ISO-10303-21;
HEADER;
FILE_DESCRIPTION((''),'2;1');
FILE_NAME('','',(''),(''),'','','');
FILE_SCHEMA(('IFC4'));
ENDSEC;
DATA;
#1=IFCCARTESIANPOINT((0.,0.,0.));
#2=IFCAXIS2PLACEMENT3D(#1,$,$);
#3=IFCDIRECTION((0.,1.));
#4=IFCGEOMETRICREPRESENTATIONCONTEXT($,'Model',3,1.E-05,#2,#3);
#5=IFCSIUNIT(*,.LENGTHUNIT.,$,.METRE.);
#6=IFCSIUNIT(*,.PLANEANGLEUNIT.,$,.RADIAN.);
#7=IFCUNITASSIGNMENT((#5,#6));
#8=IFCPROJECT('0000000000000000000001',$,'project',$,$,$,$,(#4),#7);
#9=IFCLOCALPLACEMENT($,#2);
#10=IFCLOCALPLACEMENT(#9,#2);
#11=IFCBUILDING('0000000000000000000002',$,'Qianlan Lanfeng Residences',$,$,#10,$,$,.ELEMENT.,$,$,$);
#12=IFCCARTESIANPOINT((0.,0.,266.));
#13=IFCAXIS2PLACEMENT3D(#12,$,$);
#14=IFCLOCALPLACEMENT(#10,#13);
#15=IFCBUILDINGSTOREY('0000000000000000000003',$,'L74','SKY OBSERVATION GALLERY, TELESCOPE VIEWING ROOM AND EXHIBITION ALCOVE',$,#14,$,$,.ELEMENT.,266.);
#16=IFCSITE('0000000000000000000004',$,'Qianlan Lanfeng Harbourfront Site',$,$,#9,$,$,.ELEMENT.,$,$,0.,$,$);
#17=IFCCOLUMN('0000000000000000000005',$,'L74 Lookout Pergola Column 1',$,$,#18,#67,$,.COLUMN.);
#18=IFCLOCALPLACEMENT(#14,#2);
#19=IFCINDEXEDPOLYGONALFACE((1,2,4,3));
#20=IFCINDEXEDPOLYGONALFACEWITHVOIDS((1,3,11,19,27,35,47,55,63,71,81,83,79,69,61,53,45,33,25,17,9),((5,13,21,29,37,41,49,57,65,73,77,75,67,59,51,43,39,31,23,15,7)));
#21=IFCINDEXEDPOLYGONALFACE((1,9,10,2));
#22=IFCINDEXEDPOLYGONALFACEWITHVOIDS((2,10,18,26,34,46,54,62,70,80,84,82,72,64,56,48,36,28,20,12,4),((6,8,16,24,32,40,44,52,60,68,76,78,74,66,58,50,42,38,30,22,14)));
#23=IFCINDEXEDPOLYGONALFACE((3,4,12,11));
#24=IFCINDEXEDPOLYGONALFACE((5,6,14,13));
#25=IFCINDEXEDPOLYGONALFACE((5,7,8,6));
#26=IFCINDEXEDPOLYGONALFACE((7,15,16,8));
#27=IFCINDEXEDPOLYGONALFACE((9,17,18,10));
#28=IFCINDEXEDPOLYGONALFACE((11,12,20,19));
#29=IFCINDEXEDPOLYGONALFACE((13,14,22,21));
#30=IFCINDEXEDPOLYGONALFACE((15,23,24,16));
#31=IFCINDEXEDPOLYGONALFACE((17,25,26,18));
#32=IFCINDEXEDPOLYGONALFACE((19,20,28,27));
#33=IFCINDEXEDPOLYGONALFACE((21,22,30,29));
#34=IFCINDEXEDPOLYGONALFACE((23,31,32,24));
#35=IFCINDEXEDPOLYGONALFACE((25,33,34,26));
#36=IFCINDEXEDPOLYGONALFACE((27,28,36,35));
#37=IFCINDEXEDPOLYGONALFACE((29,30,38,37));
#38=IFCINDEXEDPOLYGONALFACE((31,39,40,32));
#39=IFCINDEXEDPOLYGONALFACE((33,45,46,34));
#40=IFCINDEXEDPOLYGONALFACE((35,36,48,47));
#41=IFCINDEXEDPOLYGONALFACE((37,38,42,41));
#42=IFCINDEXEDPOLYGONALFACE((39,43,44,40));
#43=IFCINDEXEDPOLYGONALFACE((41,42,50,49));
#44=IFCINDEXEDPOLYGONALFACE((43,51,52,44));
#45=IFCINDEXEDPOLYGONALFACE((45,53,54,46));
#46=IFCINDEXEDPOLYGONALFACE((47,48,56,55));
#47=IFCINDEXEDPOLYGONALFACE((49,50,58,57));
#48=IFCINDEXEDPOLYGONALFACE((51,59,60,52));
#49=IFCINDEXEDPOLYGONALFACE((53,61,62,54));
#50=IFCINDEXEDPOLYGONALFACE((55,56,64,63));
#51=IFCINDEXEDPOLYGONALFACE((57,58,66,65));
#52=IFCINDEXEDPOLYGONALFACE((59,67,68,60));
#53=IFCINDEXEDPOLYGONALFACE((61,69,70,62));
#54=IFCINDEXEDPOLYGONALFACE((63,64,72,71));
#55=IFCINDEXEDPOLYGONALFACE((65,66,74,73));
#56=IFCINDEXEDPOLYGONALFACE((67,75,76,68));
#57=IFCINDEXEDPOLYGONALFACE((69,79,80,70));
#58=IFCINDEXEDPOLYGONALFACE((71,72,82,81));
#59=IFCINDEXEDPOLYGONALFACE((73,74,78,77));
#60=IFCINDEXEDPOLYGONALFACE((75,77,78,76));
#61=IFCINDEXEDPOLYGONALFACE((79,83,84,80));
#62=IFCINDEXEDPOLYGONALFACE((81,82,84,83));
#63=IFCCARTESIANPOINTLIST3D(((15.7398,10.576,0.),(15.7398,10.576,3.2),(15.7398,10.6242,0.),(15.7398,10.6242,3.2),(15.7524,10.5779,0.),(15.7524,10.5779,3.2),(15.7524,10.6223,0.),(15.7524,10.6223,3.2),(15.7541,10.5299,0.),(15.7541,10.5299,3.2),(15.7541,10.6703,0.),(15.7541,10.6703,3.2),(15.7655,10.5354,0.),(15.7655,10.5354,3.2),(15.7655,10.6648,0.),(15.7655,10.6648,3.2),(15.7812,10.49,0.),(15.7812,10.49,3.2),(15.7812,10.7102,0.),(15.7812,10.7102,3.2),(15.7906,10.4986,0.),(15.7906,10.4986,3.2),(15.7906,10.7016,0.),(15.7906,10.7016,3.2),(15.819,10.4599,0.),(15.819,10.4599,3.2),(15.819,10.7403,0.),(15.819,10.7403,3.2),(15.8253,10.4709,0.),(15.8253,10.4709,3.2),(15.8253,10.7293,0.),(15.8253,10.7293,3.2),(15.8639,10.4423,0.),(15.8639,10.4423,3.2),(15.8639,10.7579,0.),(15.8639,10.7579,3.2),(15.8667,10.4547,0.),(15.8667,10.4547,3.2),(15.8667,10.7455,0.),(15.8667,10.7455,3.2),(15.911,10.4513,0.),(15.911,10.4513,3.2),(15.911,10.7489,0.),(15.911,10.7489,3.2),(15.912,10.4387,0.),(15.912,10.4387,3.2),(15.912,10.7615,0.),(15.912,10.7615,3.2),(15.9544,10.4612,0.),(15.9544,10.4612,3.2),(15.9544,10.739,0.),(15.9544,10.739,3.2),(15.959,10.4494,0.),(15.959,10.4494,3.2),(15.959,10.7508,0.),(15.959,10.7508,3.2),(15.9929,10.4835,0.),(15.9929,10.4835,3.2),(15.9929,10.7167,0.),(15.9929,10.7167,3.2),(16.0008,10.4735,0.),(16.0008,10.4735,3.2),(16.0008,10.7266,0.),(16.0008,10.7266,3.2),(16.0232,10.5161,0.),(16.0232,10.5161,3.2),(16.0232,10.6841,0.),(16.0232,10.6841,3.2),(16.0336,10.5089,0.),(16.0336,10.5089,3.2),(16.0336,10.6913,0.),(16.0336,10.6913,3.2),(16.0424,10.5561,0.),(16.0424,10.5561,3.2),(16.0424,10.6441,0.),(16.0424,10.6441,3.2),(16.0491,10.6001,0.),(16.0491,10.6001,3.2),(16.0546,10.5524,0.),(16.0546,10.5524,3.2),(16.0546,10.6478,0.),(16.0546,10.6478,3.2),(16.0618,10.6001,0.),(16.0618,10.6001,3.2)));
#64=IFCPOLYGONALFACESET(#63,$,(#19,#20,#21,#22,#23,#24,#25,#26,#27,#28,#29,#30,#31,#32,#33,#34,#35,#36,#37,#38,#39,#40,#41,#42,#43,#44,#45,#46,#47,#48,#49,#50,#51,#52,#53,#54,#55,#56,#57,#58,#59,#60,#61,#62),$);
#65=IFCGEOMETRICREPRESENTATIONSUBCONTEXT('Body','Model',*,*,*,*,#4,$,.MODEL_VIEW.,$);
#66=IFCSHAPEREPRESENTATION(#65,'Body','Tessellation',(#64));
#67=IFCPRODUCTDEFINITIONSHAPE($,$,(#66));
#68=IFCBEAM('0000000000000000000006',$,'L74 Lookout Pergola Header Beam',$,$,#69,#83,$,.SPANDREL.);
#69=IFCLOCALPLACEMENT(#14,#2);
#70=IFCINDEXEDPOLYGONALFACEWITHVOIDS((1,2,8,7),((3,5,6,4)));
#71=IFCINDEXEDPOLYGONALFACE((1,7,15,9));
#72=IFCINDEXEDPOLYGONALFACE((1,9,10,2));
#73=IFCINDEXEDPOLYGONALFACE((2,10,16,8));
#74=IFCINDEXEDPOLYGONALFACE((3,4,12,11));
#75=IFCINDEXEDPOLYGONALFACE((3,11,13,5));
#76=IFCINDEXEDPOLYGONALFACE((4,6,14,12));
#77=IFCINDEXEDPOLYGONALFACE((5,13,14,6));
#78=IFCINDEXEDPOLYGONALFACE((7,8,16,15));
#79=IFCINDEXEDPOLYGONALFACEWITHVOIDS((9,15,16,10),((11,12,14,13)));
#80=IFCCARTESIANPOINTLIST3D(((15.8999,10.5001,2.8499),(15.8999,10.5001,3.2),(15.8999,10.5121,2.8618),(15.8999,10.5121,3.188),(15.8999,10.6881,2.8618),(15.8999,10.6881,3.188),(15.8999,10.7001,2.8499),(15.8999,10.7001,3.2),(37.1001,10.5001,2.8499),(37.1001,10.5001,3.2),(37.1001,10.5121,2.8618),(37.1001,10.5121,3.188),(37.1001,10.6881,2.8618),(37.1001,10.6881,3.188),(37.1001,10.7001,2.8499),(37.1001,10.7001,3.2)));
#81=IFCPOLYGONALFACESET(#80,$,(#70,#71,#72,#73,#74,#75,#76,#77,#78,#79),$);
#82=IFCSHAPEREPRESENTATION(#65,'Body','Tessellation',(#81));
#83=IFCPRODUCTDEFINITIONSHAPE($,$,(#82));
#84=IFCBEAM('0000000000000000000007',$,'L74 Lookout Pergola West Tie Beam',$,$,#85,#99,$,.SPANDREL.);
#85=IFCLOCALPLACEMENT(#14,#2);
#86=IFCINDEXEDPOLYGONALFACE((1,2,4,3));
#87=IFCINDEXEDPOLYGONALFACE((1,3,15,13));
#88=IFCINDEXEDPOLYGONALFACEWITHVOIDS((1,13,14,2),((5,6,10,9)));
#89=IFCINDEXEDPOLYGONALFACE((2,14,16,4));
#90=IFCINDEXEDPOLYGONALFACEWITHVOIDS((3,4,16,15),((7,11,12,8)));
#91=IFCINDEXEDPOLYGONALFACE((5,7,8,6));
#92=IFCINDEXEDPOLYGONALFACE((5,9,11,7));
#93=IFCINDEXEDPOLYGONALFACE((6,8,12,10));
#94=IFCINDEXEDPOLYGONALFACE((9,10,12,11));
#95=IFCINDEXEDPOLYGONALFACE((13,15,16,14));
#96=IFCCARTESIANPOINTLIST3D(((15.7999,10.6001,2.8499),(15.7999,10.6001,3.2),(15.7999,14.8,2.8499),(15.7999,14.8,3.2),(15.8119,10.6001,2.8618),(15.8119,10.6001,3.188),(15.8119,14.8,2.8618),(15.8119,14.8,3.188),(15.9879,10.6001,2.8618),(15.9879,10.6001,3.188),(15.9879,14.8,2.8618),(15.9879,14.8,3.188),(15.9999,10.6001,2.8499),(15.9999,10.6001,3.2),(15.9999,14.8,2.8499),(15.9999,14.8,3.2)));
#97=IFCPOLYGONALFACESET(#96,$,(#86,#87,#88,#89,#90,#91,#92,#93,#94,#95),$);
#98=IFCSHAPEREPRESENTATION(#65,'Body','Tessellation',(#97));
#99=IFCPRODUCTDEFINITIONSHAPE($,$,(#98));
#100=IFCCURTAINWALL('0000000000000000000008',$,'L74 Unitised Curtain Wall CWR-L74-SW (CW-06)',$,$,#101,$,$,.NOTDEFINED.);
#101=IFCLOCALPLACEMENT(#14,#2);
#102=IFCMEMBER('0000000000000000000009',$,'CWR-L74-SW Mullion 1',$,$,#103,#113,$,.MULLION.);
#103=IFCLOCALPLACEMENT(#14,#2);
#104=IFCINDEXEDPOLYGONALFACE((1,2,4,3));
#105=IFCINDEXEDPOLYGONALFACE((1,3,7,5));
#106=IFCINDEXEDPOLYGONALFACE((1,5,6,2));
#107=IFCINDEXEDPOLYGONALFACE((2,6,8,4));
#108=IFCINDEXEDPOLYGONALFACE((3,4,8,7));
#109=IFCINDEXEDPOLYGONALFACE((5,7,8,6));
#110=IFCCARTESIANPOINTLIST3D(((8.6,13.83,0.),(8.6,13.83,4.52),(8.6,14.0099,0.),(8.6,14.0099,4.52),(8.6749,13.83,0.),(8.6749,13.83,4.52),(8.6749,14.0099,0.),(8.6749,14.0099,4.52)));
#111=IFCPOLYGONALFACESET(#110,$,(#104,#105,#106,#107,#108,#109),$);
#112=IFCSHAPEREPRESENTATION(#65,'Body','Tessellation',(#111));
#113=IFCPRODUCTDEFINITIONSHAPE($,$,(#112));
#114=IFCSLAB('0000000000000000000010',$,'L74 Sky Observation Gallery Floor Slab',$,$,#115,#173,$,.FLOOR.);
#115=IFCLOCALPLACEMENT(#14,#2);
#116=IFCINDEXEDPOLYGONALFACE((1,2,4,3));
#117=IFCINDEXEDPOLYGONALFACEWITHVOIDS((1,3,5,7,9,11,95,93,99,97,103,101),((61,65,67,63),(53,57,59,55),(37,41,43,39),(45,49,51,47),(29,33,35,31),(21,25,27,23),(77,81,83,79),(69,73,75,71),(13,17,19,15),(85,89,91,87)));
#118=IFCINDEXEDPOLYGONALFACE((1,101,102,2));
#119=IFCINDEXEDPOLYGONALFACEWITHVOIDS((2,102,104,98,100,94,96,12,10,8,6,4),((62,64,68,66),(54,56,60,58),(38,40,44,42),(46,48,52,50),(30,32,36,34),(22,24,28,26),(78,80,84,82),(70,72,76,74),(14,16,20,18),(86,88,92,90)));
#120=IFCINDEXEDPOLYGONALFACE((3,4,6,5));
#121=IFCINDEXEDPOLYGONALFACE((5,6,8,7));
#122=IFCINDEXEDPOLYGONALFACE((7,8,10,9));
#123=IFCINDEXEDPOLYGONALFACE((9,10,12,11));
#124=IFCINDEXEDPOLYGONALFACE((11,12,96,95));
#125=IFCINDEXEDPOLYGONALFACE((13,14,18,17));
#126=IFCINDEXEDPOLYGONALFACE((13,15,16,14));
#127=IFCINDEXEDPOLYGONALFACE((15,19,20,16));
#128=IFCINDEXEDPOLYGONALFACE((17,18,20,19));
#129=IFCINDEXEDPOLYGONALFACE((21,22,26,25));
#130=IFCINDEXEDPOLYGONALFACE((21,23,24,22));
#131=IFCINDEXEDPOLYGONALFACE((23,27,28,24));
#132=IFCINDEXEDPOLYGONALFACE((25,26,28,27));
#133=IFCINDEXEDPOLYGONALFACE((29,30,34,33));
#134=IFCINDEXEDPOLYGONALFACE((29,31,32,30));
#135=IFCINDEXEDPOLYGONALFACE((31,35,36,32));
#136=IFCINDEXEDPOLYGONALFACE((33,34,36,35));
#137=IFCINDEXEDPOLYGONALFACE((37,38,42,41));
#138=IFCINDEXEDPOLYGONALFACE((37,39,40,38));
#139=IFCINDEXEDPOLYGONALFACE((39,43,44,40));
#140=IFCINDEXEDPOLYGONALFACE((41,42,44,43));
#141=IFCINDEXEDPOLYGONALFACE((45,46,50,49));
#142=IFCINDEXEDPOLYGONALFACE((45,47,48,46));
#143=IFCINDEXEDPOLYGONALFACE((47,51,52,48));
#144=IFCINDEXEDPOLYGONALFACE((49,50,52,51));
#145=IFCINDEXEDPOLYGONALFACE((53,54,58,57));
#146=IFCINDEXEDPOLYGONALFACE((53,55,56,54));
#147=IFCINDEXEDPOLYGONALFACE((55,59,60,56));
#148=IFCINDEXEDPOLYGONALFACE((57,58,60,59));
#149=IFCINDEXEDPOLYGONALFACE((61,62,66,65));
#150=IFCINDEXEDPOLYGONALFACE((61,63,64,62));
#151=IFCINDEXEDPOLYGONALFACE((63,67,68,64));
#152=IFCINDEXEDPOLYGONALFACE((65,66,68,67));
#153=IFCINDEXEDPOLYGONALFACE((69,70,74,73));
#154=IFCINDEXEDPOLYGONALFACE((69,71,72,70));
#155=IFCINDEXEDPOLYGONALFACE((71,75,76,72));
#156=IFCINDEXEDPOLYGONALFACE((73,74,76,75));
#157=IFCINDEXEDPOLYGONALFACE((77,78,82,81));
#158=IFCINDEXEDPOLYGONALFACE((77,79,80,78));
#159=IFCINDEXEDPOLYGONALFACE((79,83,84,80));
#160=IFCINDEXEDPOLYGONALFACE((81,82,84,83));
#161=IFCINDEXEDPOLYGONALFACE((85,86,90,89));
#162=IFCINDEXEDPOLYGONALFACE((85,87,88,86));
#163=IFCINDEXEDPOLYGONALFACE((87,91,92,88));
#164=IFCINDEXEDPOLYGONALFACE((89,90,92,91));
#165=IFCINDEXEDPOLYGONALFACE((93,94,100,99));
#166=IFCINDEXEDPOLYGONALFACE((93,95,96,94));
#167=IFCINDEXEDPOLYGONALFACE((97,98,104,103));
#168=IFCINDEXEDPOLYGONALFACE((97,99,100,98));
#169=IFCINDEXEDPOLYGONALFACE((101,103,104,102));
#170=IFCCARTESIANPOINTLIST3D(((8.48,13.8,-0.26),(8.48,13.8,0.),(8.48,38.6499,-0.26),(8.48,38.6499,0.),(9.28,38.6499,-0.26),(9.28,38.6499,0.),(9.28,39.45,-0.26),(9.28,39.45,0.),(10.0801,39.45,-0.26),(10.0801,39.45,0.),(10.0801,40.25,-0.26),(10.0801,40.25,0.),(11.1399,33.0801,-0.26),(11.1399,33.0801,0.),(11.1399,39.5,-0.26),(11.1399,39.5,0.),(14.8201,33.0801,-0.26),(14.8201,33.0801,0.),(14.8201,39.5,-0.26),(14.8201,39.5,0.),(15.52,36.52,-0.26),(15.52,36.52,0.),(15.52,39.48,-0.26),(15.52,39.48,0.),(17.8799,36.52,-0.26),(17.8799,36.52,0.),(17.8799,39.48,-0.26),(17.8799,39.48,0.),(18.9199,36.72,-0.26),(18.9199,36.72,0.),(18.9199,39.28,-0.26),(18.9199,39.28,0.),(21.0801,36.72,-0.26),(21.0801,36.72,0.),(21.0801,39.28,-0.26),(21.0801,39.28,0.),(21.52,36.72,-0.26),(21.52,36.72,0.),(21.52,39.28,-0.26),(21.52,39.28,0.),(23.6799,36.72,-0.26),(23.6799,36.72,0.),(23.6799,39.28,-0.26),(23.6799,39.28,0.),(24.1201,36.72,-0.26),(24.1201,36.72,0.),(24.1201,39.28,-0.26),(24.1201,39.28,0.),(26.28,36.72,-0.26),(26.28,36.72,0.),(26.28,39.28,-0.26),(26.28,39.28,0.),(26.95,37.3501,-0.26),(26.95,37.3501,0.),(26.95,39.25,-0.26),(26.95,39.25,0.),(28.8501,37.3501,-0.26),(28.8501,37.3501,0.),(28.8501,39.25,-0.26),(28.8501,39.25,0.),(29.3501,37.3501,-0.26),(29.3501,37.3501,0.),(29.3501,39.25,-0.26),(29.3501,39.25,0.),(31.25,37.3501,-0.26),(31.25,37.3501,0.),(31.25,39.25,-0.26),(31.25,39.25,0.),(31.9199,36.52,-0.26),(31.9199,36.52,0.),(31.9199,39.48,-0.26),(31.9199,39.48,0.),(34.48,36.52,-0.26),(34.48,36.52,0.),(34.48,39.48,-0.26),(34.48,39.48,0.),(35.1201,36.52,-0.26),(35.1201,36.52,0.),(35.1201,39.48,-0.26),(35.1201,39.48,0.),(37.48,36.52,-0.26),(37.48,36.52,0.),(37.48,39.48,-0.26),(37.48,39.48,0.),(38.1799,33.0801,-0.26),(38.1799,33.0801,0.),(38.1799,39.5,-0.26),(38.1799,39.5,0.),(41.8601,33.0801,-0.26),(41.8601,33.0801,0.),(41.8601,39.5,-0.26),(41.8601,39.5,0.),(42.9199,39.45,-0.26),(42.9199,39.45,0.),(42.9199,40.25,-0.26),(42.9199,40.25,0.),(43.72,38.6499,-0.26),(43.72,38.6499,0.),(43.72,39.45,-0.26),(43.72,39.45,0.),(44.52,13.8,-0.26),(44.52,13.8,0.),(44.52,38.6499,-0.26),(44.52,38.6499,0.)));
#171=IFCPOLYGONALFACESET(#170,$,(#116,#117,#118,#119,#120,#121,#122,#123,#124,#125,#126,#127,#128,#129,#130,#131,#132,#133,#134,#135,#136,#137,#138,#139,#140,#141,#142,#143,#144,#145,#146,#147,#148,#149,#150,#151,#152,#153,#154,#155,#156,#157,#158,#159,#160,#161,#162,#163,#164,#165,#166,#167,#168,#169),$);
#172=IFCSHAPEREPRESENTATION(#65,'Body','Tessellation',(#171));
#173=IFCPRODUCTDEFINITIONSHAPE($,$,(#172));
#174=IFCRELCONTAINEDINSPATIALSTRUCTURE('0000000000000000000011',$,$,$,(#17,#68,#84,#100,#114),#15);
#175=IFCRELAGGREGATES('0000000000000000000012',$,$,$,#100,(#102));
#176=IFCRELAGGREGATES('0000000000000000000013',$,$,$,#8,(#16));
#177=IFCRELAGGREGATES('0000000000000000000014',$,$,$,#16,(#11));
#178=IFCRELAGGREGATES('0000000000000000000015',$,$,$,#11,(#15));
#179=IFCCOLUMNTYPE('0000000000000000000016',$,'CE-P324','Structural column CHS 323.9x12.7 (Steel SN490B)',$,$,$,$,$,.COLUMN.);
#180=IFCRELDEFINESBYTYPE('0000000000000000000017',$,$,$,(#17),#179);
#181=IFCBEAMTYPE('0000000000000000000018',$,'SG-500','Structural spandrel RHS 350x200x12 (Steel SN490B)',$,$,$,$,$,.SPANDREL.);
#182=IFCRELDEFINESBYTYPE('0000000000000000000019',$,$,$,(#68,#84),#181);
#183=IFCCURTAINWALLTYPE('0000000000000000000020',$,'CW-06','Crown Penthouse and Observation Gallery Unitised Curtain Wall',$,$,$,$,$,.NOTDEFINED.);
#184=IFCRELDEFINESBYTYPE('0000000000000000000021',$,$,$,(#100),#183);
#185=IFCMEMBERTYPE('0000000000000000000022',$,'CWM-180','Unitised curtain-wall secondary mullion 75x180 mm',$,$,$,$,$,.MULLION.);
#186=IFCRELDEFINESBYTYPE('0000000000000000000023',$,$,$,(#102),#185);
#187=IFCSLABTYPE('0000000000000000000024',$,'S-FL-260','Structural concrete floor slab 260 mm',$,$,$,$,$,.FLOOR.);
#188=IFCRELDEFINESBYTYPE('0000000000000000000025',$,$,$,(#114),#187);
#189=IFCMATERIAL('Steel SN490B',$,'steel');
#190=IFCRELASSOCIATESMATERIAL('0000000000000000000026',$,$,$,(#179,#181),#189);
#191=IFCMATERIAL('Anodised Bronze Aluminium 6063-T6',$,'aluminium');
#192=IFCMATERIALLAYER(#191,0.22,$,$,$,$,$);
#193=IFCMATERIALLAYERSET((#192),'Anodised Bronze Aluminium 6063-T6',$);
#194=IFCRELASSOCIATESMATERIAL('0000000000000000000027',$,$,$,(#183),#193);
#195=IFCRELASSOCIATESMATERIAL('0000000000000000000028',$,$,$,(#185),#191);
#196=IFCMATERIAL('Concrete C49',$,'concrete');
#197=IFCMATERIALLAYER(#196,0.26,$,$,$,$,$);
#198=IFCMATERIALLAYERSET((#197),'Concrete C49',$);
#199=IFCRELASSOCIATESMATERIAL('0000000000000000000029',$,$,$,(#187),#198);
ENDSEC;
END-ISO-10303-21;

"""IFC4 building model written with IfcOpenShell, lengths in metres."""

from ifc_helpers import new_model, si_unit, direction, frame, origin, origin_2d, place, context, subcontext, project, spatial, polyline, rectangle, hollow_rectangle, hollow_circle, outline, extrude, source, transform, mapped, material, layer, layer_set, material_profile, profile_set, type_object, element, aggregate, save


model = new_model("IFC4")

# Units and contexts
model_context = context("Model", 3, precision=1e-05, world=origin(), true_north=direction((0.0, 1.0)))
body_context = subcontext(model_context, "Body", "Model", "MODEL_VIEW")
ifc_project = project(units=[si_unit("LENGTHUNIT", "METRE"), si_unit("PLANEANGLEUNIT", "RADIAN")], contexts=[model_context])

# Site, building, storey
site_placement = place(None, origin())
site = spatial("IfcSite", under=ifc_project, at=site_placement, Name="Qianlan Lanfeng Harbourfront Site", CompositionType="ELEMENT", RefElevation=0.0)
building_placement = place(site_placement, origin())
building = spatial("IfcBuilding", under=site, at=building_placement, Name="Qianlan Lanfeng Residences", CompositionType="ELEMENT")
storey_placement = place(building_placement, frame((0.0, 0.0, 266.0)))
storey = spatial("IfcBuildingStorey", under=building, at=storey_placement, Name="L74", Description="SKY OBSERVATION GALLERY, TELESCOPE VIEWING ROOM AND EXHIBITION ALCOVE", CompositionType="ELEMENT", Elevation=266.0)

# Column
ifc_material_1 = material(Name="Steel SN490B", Category="steel")
ifc_material_profile_1 = material_profile(ifc_material_1, hollow_circle(Radius=0.1619, WallThickness=0.0127, at=origin_2d()), Name="CHS 323.9x12.7")
ifc_profile_set_1 = profile_set([ifc_material_profile_1], Name="Steel SN490B")
column_type = type_object("IfcColumnType", Name="CE-P324", Description="Structural column CHS 323.9x12.7 (Steel SN490B)", PredefinedType="COLUMN", material=ifc_profile_set_1)
column_placement = place(storey_placement, frame((15.8999, 10.6001, 0.0), z_axis=(0.0, 0.0, 1.0), x_axis=(1.0, 0.0, 0.0)))
element("IfcColumn", 1, at=column_placement, inside=storey, type_object=column_type, Name="L74 Lookout Pergola Column 1", PredefinedType="COLUMN", context=body_context, shape_type="SweptSolid", body=[
    extrude(hollow_circle(Radius=0.1619, WallThickness=0.0127, at=origin_2d()), origin(), (0.0, 0.0, 1.0), 3.2),
])

# Beams
ifc_material_profile_2 = material_profile(ifc_material_1, hollow_rectangle(XDim=0.2, YDim=0.3501, WallThickness=0.012, at=origin_2d()), Name="RHS 350x200x12")
ifc_profile_set_2 = profile_set([ifc_material_profile_2], Name="Steel SN490B")
beam_type = type_object("IfcBeamType", Name="SG-500", Description="Structural spandrel RHS 350x200x12 (Steel SN490B)", PredefinedType="SPANDREL", material=ifc_profile_set_2)
beam_1_placement = place(storey_placement, frame((15.8999, 10.6001, 3.0249), z_axis=(1.0, 0.0, 0.0), x_axis=(0.0, 1.0, 0.0)))
element("IfcBeam", 2, at=beam_1_placement, inside=storey, type_object=beam_type, Name="L74 Lookout Pergola Header Beam", PredefinedType="SPANDREL", context=body_context, shape_type="SweptSolid", body=[
    extrude(hollow_rectangle(XDim=0.2, YDim=0.3501, WallThickness=0.012, at=origin_2d()), origin(), (0.0, 0.0, 1.0), 21.2002),
])
beam_2_placement = place(storey_placement, frame((15.8999, 10.6001, 3.0249), z_axis=(0.0, 1.0, 0.0), x_axis=(-1.0, 0.0, 0.0)))
element("IfcBeam", 3, at=beam_2_placement, inside=storey, type_object=beam_type, Name="L74 Lookout Pergola West Tie Beam", PredefinedType="SPANDREL", context=body_context, shape_type="SweptSolid", body=[
    extrude(hollow_rectangle(XDim=0.2, YDim=0.3501, WallThickness=0.012, at=origin_2d()), origin(), (0.0, 0.0, 1.0), 4.2),
])

# Curtain wall, member
ifc_material_2 = material(Name="Anodised Bronze Aluminium 6063-T6", Category="aluminium")
ifc_layer_1 = layer(ifc_material_2, 0.22)
ifc_layer_set_1 = layer_set([ifc_layer_1], Name="Anodised Bronze Aluminium 6063-T6")
curtain_wall_type = type_object("IfcCurtainWallType", Name="CW-06", Description="Crown Penthouse and Observation Gallery Unitised Curtain Wall", PredefinedType="NOTDEFINED", material=ifc_layer_set_1)
curtain_wall_placement = place(storey_placement, origin())
curtain_wall = element("IfcCurtainWall", 4, at=curtain_wall_placement, inside=storey, type_object=curtain_wall_type, Name="L74 Unitised Curtain Wall CWR-L74-SW (CW-06)", PredefinedType="NOTDEFINED")
ifc_material_profile_3 = material_profile(ifc_material_2, rectangle(XDim=0.075, YDim=0.1799, at=origin_2d()), Name="ALU MULLION 75x180")
ifc_profile_set_3 = profile_set([ifc_material_profile_3], Name="Anodised Bronze Aluminium 6063-T6")
member_type = type_object("IfcMemberType", Name="CWM-180", Description="Unitised curtain-wall secondary mullion 75x180 mm", PredefinedType="MULLION", material=ifc_profile_set_3)
shared_shape = source(origin(), body_context, "Body", "SweptSolid", [
    extrude(rectangle(XDim=0.075, YDim=0.1799, at=origin_2d()), origin(), (0.0, 0.0, 1.0), 4.52),
])
member_placement = place(storey_placement, frame((8.6375, 13.9199, 0.0), z_axis=(0.0, 0.0, 1.0), x_axis=(1.0, 0.0, 0.0)))
member = element("IfcMember", 5, at=member_placement, type_object=member_type, Name="CWR-L74-SW Mullion 1", PredefinedType="MULLION", context=body_context, shape_type="MappedRepresentation", body=[
    mapped(shared_shape, transform((0.0, 0.0, 0.0), scale=1.0)),
])
aggregate(curtain_wall, [member])

# Slab
ifc_material_3 = material(Name="Concrete C49", Category="concrete")
ifc_layer_2 = layer(ifc_material_3, 0.26)
ifc_layer_set_2 = layer_set([ifc_layer_2], Name="Concrete C49")
slab_type_1 = type_object("IfcSlabType", Name="S-FL-260", Description="Structural concrete floor slab 260 mm", PredefinedType="FLOOR", material=ifc_layer_set_2)
slab_1_placement = place(storey_placement, frame((0.0, 0.0, -0.26)))
element("IfcSlab", 6, at=slab_1_placement, inside=storey, type_object=slab_type_1, Name="L74 Sky Observation Gallery Floor Slab", PredefinedType="FLOOR", context=body_context, shape_type="SweptSolid", body=[
    extrude(outline(polyline([(42.9199, 40.25), (10.0801, 40.25), (10.0801, 39.45), (9.28, 39.45), (9.28, 38.6499), (8.48, 38.6499), (8.48, 13.8), (44.52, 13.8), (44.52, 38.6499), (43.72, 38.6499), (43.72, 39.45), (42.9199, 39.45), (42.9199, 40.25)]), holes=[polyline([(11.1399, 33.0801), (11.1399, 39.5), (14.8201, 39.5), (14.8201, 33.0801), (11.1399, 33.0801)]), polyline([(38.1799, 33.0801), (38.1799, 39.5), (41.8601, 39.5), (41.8601, 33.0801), (38.1799, 33.0801)]), polyline([(15.52, 36.52), (15.52, 39.48), (17.8799, 39.48), (17.8799, 36.52), (15.52, 36.52)]), polyline([(35.1201, 36.52), (35.1201, 39.48), (37.48, 39.48), (37.48, 36.52), (35.1201, 36.52)]), polyline([(31.9199, 36.52), (31.9199, 39.48), (34.48, 39.48), (34.48, 36.52), (31.9199, 36.52)]), polyline([(18.9199, 36.72), (18.9199, 39.28), (21.0801, 39.28), (21.0801, 36.72), (18.9199, 36.72)]), polyline([(21.52, 36.72), (21.52, 39.28), (23.6799, 39.28), (23.6799, 36.72), (21.52, 36.72)]), polyline([(24.1201, 36.72), (24.1201, 39.28), (26.28, 39.28), (26.28, 36.72), (24.1201, 36.72)]), polyline([(26.95, 37.3501), (26.95, 39.25), (28.8501, 39.25), (28.8501, 37.3501), (26.95, 37.3501)]), polyline([(29.3501, 37.3501), (29.3501, 39.25), (31.25, 39.25), (31.25, 37.3501), (29.3501, 37.3501)])]), origin(), (0.0, 0.0, 1.0), 0.26),
])

save(model, "model.ifc")
